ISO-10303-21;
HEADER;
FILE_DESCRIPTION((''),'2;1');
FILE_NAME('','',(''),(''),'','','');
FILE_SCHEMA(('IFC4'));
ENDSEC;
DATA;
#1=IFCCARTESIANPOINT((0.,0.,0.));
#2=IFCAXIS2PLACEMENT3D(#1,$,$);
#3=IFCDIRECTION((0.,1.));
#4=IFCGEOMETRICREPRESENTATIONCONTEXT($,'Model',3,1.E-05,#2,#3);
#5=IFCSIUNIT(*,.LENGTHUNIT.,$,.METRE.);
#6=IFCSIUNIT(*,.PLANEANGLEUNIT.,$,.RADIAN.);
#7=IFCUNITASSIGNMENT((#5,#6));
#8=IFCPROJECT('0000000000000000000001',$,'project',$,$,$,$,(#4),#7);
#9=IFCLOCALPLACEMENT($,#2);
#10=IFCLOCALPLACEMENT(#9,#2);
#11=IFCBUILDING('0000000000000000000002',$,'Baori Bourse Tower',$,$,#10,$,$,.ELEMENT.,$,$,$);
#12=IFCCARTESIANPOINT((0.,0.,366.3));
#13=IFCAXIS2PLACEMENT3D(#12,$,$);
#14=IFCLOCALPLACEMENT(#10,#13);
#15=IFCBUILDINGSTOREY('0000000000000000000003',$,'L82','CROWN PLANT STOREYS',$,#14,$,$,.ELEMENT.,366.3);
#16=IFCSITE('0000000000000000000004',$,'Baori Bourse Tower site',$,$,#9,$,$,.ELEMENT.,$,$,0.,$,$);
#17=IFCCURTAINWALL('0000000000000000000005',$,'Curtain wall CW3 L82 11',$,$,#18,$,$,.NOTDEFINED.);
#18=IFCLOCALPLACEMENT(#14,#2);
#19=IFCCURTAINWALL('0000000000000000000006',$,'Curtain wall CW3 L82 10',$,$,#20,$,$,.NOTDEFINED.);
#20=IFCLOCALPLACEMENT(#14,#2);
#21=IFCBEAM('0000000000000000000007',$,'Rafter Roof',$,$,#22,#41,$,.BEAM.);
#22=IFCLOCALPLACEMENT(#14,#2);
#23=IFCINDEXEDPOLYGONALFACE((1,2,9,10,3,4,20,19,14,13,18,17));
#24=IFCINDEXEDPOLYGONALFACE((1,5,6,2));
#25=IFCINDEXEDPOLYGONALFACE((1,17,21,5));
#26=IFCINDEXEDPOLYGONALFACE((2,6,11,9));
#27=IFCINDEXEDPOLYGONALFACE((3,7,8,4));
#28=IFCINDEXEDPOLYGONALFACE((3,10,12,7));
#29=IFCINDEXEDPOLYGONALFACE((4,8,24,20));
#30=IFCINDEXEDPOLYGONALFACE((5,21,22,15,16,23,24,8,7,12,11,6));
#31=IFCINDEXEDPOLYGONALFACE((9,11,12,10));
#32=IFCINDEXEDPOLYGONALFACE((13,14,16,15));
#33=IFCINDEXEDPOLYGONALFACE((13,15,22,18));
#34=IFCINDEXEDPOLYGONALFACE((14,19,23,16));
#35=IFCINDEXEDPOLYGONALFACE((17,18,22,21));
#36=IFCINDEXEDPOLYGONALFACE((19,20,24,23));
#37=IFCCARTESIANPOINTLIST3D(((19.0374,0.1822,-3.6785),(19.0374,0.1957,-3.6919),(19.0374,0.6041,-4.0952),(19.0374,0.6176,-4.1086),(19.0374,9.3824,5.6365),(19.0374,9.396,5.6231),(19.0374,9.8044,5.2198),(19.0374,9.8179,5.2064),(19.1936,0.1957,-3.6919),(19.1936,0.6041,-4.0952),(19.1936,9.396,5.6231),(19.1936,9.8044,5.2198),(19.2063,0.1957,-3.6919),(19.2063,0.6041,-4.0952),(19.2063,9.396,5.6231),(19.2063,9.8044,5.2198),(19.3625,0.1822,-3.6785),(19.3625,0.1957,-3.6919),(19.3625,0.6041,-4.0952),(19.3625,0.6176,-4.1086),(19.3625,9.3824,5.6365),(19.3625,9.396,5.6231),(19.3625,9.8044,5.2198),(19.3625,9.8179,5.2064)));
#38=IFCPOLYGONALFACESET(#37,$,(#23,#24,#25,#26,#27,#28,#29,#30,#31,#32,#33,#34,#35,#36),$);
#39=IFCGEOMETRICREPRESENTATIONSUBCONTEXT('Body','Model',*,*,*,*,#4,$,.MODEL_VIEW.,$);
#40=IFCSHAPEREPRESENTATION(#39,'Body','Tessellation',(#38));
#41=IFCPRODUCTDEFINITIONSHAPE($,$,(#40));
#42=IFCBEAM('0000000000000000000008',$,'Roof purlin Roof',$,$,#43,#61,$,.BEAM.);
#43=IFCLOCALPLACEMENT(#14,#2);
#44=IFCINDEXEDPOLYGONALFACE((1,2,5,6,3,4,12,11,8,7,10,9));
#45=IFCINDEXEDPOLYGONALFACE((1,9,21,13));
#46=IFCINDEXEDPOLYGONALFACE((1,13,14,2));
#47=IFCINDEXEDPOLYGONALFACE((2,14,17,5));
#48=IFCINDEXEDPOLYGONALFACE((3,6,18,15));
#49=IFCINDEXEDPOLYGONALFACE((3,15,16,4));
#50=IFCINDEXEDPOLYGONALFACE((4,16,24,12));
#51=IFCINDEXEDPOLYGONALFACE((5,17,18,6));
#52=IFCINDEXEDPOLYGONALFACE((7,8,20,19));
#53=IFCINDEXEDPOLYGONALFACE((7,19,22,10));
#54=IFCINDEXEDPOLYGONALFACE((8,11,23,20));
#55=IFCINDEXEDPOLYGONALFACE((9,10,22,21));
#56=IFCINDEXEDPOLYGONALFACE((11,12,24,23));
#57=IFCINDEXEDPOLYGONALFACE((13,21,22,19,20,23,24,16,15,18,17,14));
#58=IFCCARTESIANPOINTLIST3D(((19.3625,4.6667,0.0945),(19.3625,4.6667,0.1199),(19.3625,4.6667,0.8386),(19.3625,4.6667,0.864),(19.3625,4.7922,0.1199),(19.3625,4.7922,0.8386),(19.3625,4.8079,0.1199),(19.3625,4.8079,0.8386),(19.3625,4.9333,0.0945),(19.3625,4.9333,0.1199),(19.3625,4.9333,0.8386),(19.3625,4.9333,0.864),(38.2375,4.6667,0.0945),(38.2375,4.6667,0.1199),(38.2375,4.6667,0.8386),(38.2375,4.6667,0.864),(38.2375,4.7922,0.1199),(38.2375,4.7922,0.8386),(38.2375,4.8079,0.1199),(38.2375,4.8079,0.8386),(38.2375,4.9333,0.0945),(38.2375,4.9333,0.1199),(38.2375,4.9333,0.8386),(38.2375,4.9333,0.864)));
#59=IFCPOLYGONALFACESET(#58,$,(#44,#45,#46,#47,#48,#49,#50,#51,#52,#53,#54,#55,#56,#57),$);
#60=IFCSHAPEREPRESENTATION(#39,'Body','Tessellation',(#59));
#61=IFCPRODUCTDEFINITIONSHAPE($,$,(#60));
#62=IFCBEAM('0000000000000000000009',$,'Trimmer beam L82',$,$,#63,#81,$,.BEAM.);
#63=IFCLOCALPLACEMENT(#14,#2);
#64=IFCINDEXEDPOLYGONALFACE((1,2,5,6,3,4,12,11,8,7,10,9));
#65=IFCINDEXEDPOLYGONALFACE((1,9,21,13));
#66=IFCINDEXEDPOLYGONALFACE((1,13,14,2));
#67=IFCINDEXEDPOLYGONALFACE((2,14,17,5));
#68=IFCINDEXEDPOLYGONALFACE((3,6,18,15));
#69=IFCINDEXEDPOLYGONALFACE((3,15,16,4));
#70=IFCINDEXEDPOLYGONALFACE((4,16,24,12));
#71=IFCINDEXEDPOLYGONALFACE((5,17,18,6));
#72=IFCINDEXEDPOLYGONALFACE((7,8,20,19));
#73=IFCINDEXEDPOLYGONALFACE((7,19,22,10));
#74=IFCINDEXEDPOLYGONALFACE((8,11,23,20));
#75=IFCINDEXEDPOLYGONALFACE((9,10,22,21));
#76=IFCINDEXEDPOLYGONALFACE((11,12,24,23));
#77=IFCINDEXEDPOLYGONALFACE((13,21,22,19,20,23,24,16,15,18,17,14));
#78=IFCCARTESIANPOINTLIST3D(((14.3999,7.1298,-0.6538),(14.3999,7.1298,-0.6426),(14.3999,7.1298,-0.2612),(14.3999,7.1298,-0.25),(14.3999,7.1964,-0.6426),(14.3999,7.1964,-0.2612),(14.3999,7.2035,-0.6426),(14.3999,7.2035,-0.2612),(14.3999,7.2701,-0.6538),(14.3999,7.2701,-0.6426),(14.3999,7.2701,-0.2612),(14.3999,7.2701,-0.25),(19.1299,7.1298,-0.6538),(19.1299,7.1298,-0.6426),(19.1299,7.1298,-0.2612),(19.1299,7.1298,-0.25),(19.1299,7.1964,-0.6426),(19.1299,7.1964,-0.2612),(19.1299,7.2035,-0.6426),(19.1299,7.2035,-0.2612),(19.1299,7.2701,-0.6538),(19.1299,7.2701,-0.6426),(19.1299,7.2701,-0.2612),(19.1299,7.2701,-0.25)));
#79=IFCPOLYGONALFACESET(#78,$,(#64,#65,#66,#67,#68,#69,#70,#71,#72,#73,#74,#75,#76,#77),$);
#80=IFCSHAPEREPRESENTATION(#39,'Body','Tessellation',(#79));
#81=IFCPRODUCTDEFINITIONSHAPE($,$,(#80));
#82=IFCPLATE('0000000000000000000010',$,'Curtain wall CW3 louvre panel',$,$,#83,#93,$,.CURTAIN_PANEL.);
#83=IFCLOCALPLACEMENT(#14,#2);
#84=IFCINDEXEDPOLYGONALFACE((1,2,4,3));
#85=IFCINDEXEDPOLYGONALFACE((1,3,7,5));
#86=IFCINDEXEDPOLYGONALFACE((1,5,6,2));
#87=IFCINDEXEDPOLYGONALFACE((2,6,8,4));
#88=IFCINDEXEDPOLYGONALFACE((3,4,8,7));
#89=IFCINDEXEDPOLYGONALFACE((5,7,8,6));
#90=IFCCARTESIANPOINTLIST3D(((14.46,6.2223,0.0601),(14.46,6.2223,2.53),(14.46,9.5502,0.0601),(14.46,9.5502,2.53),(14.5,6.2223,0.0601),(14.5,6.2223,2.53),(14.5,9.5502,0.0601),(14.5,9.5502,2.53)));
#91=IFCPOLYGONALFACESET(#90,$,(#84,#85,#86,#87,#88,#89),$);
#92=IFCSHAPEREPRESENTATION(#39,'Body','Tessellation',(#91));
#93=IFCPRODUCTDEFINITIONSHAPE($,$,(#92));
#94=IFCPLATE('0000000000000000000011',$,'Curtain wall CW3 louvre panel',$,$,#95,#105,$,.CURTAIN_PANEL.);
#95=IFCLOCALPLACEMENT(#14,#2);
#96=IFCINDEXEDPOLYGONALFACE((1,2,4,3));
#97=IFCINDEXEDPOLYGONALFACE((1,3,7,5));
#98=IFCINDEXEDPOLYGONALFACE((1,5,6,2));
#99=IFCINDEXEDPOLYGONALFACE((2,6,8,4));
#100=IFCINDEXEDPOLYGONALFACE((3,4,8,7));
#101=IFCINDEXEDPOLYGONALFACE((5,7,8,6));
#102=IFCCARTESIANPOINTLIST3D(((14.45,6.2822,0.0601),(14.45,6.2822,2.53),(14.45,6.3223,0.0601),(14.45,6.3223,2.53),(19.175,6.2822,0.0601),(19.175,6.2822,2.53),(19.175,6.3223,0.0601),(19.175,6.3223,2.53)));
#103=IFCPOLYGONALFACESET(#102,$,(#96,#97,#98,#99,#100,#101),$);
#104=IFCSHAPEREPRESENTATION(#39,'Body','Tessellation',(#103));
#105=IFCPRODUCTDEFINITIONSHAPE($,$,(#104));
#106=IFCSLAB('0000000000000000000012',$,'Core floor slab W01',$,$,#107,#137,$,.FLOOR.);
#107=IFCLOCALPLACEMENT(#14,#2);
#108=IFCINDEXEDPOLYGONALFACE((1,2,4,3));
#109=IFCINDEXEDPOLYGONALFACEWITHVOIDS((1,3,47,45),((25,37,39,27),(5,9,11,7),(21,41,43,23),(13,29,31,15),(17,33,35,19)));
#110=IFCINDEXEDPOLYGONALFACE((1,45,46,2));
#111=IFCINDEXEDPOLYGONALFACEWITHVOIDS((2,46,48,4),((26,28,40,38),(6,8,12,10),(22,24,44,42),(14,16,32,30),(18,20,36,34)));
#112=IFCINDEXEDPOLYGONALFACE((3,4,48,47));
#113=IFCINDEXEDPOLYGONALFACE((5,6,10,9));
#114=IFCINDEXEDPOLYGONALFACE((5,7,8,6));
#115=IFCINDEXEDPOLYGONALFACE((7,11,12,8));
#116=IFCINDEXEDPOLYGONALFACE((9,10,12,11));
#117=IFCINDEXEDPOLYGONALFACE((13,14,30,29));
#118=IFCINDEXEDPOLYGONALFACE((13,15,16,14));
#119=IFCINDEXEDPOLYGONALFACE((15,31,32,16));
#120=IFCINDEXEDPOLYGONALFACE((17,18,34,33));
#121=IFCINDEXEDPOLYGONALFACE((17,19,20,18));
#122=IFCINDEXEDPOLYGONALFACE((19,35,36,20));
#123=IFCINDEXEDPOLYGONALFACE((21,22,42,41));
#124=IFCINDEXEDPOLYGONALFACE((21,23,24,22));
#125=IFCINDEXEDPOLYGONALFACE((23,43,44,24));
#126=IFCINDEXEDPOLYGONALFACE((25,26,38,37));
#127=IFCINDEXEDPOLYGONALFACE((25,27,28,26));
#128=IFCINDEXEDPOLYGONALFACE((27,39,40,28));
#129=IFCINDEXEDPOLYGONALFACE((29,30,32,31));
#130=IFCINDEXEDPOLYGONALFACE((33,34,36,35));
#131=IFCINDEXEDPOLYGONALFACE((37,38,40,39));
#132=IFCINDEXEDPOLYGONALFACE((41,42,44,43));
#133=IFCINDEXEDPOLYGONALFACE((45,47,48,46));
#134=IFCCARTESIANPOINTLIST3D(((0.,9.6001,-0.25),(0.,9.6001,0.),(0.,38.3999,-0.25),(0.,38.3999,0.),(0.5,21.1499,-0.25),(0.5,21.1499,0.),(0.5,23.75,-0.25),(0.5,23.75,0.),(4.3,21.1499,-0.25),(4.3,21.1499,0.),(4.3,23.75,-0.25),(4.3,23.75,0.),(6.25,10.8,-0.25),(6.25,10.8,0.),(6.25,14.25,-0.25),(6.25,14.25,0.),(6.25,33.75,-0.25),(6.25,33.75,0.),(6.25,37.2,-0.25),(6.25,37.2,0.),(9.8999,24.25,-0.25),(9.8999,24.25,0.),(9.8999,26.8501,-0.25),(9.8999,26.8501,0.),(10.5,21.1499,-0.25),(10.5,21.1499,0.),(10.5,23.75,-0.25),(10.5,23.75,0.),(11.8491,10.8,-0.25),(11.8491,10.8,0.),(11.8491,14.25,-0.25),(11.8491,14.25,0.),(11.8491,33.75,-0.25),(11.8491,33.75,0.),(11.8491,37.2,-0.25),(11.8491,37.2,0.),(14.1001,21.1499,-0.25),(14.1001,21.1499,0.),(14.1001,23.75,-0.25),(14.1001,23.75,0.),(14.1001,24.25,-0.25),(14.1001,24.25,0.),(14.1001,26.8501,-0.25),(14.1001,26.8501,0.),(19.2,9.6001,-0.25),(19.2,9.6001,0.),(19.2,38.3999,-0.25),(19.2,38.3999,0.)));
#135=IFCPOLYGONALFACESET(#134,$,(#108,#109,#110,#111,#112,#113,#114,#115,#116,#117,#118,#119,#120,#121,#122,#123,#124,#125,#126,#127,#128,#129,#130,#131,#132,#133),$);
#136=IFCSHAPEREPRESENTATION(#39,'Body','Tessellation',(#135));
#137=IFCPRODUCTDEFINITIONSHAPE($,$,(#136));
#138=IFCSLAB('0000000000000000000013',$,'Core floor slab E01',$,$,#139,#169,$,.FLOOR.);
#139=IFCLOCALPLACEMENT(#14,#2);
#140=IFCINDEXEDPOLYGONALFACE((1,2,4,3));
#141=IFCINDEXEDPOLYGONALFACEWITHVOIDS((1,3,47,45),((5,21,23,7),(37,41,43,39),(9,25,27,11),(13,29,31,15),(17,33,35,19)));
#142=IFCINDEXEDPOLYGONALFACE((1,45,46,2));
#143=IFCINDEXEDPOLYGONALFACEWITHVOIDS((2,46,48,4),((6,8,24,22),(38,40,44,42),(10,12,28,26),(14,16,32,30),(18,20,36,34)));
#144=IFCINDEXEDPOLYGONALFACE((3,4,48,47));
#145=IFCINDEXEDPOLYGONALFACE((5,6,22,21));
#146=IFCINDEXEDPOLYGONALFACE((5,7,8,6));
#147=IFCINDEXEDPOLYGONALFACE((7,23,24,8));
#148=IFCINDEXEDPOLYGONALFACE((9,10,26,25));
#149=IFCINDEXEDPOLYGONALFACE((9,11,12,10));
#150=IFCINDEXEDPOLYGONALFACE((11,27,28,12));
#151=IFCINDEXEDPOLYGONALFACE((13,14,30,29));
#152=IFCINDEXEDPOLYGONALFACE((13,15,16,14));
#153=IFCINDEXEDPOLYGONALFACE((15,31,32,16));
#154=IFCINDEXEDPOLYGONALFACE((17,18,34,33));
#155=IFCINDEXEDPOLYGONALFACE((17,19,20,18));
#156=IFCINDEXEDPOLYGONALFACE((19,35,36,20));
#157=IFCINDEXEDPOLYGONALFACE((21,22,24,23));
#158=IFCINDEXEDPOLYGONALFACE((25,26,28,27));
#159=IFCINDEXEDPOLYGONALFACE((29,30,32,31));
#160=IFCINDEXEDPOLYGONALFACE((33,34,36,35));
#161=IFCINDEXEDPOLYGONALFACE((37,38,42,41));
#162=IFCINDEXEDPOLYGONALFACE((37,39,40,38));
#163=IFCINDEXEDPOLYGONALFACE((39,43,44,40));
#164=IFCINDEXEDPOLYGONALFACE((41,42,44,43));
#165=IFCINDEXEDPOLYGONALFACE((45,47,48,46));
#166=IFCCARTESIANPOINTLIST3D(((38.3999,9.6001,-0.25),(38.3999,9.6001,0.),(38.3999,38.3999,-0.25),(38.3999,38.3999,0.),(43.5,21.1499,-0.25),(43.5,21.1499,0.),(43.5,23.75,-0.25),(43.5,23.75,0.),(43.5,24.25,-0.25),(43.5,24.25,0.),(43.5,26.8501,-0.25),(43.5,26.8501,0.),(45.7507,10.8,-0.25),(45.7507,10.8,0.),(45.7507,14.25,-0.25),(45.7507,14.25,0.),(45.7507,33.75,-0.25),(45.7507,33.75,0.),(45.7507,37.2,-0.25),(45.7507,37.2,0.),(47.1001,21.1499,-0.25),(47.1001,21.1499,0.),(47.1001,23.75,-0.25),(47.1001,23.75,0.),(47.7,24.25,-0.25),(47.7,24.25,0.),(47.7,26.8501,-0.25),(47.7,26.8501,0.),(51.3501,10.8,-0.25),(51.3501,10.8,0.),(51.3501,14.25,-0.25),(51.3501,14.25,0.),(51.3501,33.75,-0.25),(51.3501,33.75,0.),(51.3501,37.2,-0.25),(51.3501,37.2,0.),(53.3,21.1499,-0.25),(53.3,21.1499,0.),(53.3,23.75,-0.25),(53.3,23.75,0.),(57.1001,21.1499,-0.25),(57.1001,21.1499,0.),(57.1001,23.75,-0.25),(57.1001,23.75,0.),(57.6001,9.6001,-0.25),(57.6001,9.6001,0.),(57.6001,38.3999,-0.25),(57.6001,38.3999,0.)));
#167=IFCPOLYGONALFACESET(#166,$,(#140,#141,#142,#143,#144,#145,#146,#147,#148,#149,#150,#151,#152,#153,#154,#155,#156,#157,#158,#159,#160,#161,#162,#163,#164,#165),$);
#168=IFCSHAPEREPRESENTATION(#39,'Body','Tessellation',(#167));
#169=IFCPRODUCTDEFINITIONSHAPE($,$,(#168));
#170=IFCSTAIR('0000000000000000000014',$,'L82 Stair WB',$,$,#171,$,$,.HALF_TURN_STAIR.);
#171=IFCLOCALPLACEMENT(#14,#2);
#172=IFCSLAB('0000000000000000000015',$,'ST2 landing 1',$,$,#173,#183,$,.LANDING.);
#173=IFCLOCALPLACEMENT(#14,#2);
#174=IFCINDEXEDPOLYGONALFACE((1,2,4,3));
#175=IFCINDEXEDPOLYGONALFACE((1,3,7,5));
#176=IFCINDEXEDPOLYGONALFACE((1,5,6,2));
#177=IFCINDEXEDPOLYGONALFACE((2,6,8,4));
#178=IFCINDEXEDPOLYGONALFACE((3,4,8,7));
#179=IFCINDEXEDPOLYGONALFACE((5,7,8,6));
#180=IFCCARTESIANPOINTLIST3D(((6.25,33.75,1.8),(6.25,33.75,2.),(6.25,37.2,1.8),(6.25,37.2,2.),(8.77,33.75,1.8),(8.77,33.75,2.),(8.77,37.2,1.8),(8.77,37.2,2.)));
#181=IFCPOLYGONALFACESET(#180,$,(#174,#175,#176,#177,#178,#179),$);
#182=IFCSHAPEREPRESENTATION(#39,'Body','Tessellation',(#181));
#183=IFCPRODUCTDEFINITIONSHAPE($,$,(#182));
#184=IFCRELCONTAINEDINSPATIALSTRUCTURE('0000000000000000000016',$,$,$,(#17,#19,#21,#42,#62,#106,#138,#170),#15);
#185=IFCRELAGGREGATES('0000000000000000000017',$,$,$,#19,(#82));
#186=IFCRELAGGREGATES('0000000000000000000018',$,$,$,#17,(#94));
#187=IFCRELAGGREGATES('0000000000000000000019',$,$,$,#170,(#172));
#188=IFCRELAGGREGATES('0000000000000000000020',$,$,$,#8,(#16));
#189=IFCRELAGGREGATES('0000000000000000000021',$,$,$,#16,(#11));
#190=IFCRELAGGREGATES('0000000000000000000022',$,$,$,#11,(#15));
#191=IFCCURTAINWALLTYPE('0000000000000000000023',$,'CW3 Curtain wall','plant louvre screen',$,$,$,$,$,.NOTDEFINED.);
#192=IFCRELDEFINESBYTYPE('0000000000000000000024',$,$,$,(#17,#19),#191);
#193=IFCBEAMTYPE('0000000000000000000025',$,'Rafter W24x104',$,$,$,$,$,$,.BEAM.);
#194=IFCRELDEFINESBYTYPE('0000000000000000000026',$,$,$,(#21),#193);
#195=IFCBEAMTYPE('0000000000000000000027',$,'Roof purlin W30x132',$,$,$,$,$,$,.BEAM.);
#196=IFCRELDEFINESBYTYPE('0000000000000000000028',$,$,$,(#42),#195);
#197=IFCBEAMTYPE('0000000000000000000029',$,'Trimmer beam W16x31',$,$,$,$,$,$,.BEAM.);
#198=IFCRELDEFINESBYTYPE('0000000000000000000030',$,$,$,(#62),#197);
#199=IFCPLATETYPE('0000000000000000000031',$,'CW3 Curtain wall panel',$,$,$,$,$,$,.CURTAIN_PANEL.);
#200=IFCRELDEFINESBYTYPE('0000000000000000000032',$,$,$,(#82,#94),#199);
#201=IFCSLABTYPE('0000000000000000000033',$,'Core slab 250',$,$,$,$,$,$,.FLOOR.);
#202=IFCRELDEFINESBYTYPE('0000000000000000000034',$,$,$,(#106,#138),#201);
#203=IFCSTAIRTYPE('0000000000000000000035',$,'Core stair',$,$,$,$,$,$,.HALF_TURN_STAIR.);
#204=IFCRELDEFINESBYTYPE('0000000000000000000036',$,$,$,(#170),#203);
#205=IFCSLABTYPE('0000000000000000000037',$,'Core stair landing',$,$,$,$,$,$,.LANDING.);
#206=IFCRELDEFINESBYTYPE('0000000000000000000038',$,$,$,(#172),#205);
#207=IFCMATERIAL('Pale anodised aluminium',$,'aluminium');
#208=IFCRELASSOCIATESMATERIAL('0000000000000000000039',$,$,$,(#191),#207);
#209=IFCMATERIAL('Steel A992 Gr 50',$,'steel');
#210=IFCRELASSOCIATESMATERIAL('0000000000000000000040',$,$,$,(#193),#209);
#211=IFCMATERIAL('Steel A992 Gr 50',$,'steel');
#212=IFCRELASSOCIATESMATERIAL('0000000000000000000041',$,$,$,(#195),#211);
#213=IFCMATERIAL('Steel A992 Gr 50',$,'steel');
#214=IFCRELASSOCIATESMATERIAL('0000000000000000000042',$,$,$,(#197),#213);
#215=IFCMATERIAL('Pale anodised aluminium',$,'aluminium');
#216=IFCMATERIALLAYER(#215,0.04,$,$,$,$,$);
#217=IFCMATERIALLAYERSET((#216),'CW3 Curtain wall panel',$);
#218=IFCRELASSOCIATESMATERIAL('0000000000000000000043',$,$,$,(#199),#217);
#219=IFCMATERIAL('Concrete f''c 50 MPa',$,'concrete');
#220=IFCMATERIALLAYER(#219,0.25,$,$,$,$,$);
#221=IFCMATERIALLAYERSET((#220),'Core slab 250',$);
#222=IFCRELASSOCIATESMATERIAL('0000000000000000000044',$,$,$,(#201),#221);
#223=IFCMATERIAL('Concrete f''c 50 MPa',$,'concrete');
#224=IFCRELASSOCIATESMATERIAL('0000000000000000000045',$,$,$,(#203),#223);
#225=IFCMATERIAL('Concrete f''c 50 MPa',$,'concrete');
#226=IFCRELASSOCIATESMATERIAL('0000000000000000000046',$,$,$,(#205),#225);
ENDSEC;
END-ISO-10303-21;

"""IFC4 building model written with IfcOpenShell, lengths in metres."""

from ifc_helpers import new_model, si_unit, direction, frame, origin, origin_2d, place, context, subcontext, project, spatial, polyline, rectangle, i_section, outline, extrude, material, layer, layer_set, material_profile, profile_set, type_object, element, aggregate, save


model = new_model("IFC4")

# Units and contexts
model_context = context("Model", 3, precision=1e-05, world=origin(), true_north=direction((0.0, 1.0)))
body_context = subcontext(model_context, "Body", "Model", "MODEL_VIEW")
ifc_project = project(units=[si_unit("LENGTHUNIT", "METRE"), si_unit("PLANEANGLEUNIT", "RADIAN")], contexts=[model_context])

# Site, building, storey
site_placement = place(None, origin())
site = spatial("IfcSite", under=ifc_project, at=site_placement, Name="Baori Bourse Tower site", CompositionType="ELEMENT", RefElevation=0.0)
building_placement = place(site_placement, origin())
building = spatial("IfcBuilding", under=site, at=building_placement, Name="Baori Bourse Tower", CompositionType="ELEMENT")
storey_placement = place(building_placement, frame((0.0, 0.0, 366.3)))
storey = spatial("IfcBuildingStorey", under=building, at=storey_placement, Name="L82", Description="CROWN PLANT STOREYS", CompositionType="ELEMENT", Elevation=366.3)

# Curtain wall
ifc_material_1 = material(Name="Pale anodised aluminium", Category="aluminium")
curtain_wall_type = type_object("IfcCurtainWallType", Name="CW3 Curtain wall", Description="plant louvre screen", PredefinedType="NOTDEFINED", material=ifc_material_1)
curtain_wall_1_placement = place(storey_placement, origin())
curtain_wall_1 = element("IfcCurtainWall", 1, at=curtain_wall_1_placement, inside=storey, type_object=curtain_wall_type, Name="Curtain wall CW3 L82 11", PredefinedType="NOTDEFINED")

# Curtain wall
curtain_wall_2_placement = place(storey_placement, origin())
curtain_wall_2 = element("IfcCurtainWall", 2, at=curtain_wall_2_placement, inside=storey, type_object=curtain_wall_type, Name="Curtain wall CW3 L82 10", PredefinedType="NOTDEFINED")

# Beams
ifc_material_2 = material(Name="Steel A992 Gr 50", Category="steel")
ifc_material_profile_1 = material_profile(ifc_material_2, i_section(OverallWidth=0.3252, OverallDepth=0.6121, WebThickness=0.0127, FlangeThickness=0.019, at=origin_2d()), Name="W24x104")
ifc_profile_set_1 = profile_set([ifc_material_profile_1], Name="Steel A992 Gr 50")
beam_type_1 = type_object("IfcBeamType", Name="Rafter W24x104", PredefinedType="BEAM", material=ifc_profile_set_1)
beam_1_placement = place(storey_placement, frame((19.2, 0.3999, -3.8936), z_axis=(0.0, 0.702711, 0.711475), x_axis=(-1.0, 0.0, 0.0)))
element("IfcBeam", 3, at=beam_1_placement, inside=storey, type_object=beam_type_1, Name="Rafter Roof", PredefinedType="BEAM", context=body_context, shape_type="SweptSolid", body=[
    extrude(i_section(OverallWidth=0.3252, OverallDepth=0.6121, WebThickness=0.0127, FlangeThickness=0.019, at=origin_2d()), origin(), (0.0, 0.0, 1.0), 13.0925),
])
ifc_material_3 = material(Name="Steel A992 Gr 50", Category="steel")
ifc_material_profile_2 = material_profile(ifc_material_3, i_section(OverallWidth=0.2666, OverallDepth=0.7695, WebThickness=0.0156, FlangeThickness=0.0254, at=origin_2d()), Name="W30x132")
ifc_profile_set_2 = profile_set([ifc_material_profile_2], Name="Steel A992 Gr 50")
beam_type_2 = type_object("IfcBeamType", Name="Roof purlin W30x132", PredefinedType="BEAM", material=ifc_profile_set_2)
beam_2_placement = place(storey_placement, frame((19.3625, 4.8, 0.4792), z_axis=(1.0, 0.0, 0.0), x_axis=(0.0, 1.0, 0.0)))
element("IfcBeam", 4, at=beam_2_placement, inside=storey, type_object=beam_type_2, Name="Roof purlin Roof", PredefinedType="BEAM", context=body_context, shape_type="SweptSolid", body=[
    extrude(i_section(OverallWidth=0.2666, OverallDepth=0.7695, WebThickness=0.0156, FlangeThickness=0.0254, at=origin_2d()), origin(), (0.0, 0.0, 1.0), 18.875),
])
ifc_material_4 = material(Name="Steel A992 Gr 50", Category="steel")
ifc_material_profile_3 = material_profile(ifc_material_4, i_section(OverallWidth=0.1404, OverallDepth=0.4038, WebThickness=0.0071, FlangeThickness=0.0112, at=origin_2d()), Name="W16x31")
ifc_profile_set_3 = profile_set([ifc_material_profile_3], Name="Steel A992 Gr 50")
beam_type_3 = type_object("IfcBeamType", Name="Trimmer beam W16x31", PredefinedType="BEAM", material=ifc_profile_set_3)
beam_3_placement = place(storey_placement, frame((14.3999, 7.2, -0.4519), z_axis=(1.0, 0.0, 0.0), x_axis=(0.0, 1.0, 0.0)))
element("IfcBeam", 5, at=beam_3_placement, inside=storey, type_object=beam_type_3, Name="Trimmer beam L82", PredefinedType="BEAM", context=body_context, shape_type="SweptSolid", body=[
    extrude(i_section(OverallWidth=0.1404, OverallDepth=0.4038, WebThickness=0.0071, FlangeThickness=0.0112, at=origin_2d()), origin(), (0.0, 0.0, 1.0), 4.73),
])

# Plates
ifc_material_5 = material(Name="Pale anodised aluminium", Category="aluminium")
ifc_layer_1 = layer(ifc_material_5, 0.04)
ifc_layer_set_1 = layer_set([ifc_layer_1], Name="CW3 Curtain wall panel")
plate_type = type_object("IfcPlateType", Name="CW3 Curtain wall panel", PredefinedType="CURTAIN_PANEL", material=ifc_layer_set_1)
plate_1_placement = place(storey_placement, frame((14.48, 7.8862, 0.0601), z_axis=(0.0, 0.0, 1.0), x_axis=(0.0, -1.0, 0.0)))
plate_1 = element("IfcPlate", 6, at=plate_1_placement, type_object=plate_type, Name="Curtain wall CW3 louvre panel", PredefinedType="CURTAIN_PANEL", context=body_context, shape_type="SweptSolid", body=[
    extrude(rectangle(XDim=3.3279, YDim=0.04, at=origin_2d()), origin(), (0.0, 0.0, 1.0), 2.47),
])
aggregate(curtain_wall_2, [plate_1])
plate_2_placement = place(storey_placement, frame((16.8125, 6.3022, 0.0601), z_axis=(0.0, 0.0, 1.0), x_axis=(1.0, 0.0, 0.0)))
plate_2 = element("IfcPlate", 7, at=plate_2_placement, type_object=plate_type, Name="Curtain wall CW3 louvre panel", PredefinedType="CURTAIN_PANEL", context=body_context, shape_type="SweptSolid", body=[
    extrude(rectangle(XDim=4.7251, YDim=0.04, at=origin_2d()), origin(), (0.0, 0.0, 1.0), 2.47),
])
aggregate(curtain_wall_1, [plate_2])

# Slabs
ifc_material_6 = material(Name="Concrete f'c 50 MPa", Category="concrete")
ifc_layer_2 = layer(ifc_material_6, 0.25)
ifc_layer_set_2 = layer_set([ifc_layer_2], Name="Core slab 250")
slab_type_1 = type_object("IfcSlabType", Name="Core slab 250", PredefinedType="FLOOR", material=ifc_layer_set_2)
slab_1_placement = place(storey_placement, frame((0.0, 0.0, -0.25)))
element("IfcSlab", 8, at=slab_1_placement, inside=storey, type_object=slab_type_1, Name="Core floor slab W01", PredefinedType="FLOOR", context=body_context, shape_type="SweptSolid", body=[
    extrude(outline(polyline([(0.0, 9.6001), (19.2, 9.6001), (19.2, 38.3999), (0.0, 38.3999), (0.0, 9.6001)]), holes=[polyline([(10.5, 21.1499), (10.5, 23.75), (14.1001, 23.75), (14.1001, 21.1499), (10.5, 21.1499)]), polyline([(14.1001, 24.25), (9.8999, 24.25), (9.8999, 26.8501), (14.1001, 26.8501), (14.1001, 24.25)]), polyline([(6.25, 14.25), (11.8491, 14.25), (11.8491, 10.8), (6.25, 10.8), (6.25, 14.25)]), polyline([(11.8491, 37.2), (11.8491, 33.75), (6.25, 33.75), (6.25, 37.2), (11.8491, 37.2)]), polyline([(4.3, 23.75), (4.3, 21.1499), (0.5, 21.1499), (0.5, 23.75), (4.3, 23.75)])]), origin(), (0.0, 0.0, 1.0), 0.25),
])
slab_2_placement = place(storey_placement, frame((0.0, 0.0, -0.25)))
element("IfcSlab", 9, at=slab_2_placement, inside=storey, type_object=slab_type_1, Name="Core floor slab E01", PredefinedType="FLOOR", context=body_context, shape_type="SweptSolid", body=[
    extrude(outline(polyline([(38.3999, 38.3999), (38.3999, 9.6001), (57.6001, 9.6001), (57.6001, 38.3999), (38.3999, 38.3999)]), holes=[polyline([(57.1001, 21.1499), (53.3, 21.1499), (53.3, 23.75), (57.1001, 23.75), (57.1001, 21.1499)]), polyline([(45.7507, 14.25), (51.3501, 14.25), (51.3501, 10.8), (45.7507, 10.8), (45.7507, 14.25)]), polyline([(51.3501, 37.2), (51.3501, 33.75), (45.7507, 33.75), (45.7507, 37.2), (51.3501, 37.2)]), polyline([(43.5, 24.25), (43.5, 26.8501), (47.7, 26.8501), (47.7, 24.25), (43.5, 24.25)]), polyline([(43.5, 23.75), (47.1001, 23.75), (47.1001, 21.1499), (43.5, 21.1499), (43.5, 23.75)])]), origin(), (0.0, 0.0, 1.0), 0.25),
])

# Stair, slab
ifc_material_7 = material(Name="Concrete f'c 50 MPa", Category="concrete")
stair_type = type_object("IfcStairType", Name="Core stair", PredefinedType="HALF_TURN_STAIR", material=ifc_material_7)
stair_1_placement = place(storey_placement, origin())
stair_1 = element("IfcStair", 10, at=stair_1_placement, inside=storey, type_object=stair_type, Name="L82 Stair WB", PredefinedType="HALF_TURN_STAIR")
ifc_material_8 = material(Name="Concrete f'c 50 MPa", Category="concrete")
slab_type_2 = type_object("IfcSlabType", Name="Core stair landing", PredefinedType="LANDING", material=ifc_material_8)
slab_3_placement = place(storey_placement, frame((0.0, 0.0, 1.8)))
slab_3 = element("IfcSlab", 11, at=slab_3_placement, type_object=slab_type_2, Name="ST2 landing 1", PredefinedType="LANDING", context=body_context, shape_type="SweptSolid", body=[
    extrude(outline(polyline([(8.77, 37.2), (6.25, 37.2), (6.25, 33.75), (8.77, 33.75), (8.77, 37.2)])), origin(), (0.0, 0.0, 1.0), 0.2),
])
aggregate(stair_1, [slab_3])

save(model, "model.ifc")
